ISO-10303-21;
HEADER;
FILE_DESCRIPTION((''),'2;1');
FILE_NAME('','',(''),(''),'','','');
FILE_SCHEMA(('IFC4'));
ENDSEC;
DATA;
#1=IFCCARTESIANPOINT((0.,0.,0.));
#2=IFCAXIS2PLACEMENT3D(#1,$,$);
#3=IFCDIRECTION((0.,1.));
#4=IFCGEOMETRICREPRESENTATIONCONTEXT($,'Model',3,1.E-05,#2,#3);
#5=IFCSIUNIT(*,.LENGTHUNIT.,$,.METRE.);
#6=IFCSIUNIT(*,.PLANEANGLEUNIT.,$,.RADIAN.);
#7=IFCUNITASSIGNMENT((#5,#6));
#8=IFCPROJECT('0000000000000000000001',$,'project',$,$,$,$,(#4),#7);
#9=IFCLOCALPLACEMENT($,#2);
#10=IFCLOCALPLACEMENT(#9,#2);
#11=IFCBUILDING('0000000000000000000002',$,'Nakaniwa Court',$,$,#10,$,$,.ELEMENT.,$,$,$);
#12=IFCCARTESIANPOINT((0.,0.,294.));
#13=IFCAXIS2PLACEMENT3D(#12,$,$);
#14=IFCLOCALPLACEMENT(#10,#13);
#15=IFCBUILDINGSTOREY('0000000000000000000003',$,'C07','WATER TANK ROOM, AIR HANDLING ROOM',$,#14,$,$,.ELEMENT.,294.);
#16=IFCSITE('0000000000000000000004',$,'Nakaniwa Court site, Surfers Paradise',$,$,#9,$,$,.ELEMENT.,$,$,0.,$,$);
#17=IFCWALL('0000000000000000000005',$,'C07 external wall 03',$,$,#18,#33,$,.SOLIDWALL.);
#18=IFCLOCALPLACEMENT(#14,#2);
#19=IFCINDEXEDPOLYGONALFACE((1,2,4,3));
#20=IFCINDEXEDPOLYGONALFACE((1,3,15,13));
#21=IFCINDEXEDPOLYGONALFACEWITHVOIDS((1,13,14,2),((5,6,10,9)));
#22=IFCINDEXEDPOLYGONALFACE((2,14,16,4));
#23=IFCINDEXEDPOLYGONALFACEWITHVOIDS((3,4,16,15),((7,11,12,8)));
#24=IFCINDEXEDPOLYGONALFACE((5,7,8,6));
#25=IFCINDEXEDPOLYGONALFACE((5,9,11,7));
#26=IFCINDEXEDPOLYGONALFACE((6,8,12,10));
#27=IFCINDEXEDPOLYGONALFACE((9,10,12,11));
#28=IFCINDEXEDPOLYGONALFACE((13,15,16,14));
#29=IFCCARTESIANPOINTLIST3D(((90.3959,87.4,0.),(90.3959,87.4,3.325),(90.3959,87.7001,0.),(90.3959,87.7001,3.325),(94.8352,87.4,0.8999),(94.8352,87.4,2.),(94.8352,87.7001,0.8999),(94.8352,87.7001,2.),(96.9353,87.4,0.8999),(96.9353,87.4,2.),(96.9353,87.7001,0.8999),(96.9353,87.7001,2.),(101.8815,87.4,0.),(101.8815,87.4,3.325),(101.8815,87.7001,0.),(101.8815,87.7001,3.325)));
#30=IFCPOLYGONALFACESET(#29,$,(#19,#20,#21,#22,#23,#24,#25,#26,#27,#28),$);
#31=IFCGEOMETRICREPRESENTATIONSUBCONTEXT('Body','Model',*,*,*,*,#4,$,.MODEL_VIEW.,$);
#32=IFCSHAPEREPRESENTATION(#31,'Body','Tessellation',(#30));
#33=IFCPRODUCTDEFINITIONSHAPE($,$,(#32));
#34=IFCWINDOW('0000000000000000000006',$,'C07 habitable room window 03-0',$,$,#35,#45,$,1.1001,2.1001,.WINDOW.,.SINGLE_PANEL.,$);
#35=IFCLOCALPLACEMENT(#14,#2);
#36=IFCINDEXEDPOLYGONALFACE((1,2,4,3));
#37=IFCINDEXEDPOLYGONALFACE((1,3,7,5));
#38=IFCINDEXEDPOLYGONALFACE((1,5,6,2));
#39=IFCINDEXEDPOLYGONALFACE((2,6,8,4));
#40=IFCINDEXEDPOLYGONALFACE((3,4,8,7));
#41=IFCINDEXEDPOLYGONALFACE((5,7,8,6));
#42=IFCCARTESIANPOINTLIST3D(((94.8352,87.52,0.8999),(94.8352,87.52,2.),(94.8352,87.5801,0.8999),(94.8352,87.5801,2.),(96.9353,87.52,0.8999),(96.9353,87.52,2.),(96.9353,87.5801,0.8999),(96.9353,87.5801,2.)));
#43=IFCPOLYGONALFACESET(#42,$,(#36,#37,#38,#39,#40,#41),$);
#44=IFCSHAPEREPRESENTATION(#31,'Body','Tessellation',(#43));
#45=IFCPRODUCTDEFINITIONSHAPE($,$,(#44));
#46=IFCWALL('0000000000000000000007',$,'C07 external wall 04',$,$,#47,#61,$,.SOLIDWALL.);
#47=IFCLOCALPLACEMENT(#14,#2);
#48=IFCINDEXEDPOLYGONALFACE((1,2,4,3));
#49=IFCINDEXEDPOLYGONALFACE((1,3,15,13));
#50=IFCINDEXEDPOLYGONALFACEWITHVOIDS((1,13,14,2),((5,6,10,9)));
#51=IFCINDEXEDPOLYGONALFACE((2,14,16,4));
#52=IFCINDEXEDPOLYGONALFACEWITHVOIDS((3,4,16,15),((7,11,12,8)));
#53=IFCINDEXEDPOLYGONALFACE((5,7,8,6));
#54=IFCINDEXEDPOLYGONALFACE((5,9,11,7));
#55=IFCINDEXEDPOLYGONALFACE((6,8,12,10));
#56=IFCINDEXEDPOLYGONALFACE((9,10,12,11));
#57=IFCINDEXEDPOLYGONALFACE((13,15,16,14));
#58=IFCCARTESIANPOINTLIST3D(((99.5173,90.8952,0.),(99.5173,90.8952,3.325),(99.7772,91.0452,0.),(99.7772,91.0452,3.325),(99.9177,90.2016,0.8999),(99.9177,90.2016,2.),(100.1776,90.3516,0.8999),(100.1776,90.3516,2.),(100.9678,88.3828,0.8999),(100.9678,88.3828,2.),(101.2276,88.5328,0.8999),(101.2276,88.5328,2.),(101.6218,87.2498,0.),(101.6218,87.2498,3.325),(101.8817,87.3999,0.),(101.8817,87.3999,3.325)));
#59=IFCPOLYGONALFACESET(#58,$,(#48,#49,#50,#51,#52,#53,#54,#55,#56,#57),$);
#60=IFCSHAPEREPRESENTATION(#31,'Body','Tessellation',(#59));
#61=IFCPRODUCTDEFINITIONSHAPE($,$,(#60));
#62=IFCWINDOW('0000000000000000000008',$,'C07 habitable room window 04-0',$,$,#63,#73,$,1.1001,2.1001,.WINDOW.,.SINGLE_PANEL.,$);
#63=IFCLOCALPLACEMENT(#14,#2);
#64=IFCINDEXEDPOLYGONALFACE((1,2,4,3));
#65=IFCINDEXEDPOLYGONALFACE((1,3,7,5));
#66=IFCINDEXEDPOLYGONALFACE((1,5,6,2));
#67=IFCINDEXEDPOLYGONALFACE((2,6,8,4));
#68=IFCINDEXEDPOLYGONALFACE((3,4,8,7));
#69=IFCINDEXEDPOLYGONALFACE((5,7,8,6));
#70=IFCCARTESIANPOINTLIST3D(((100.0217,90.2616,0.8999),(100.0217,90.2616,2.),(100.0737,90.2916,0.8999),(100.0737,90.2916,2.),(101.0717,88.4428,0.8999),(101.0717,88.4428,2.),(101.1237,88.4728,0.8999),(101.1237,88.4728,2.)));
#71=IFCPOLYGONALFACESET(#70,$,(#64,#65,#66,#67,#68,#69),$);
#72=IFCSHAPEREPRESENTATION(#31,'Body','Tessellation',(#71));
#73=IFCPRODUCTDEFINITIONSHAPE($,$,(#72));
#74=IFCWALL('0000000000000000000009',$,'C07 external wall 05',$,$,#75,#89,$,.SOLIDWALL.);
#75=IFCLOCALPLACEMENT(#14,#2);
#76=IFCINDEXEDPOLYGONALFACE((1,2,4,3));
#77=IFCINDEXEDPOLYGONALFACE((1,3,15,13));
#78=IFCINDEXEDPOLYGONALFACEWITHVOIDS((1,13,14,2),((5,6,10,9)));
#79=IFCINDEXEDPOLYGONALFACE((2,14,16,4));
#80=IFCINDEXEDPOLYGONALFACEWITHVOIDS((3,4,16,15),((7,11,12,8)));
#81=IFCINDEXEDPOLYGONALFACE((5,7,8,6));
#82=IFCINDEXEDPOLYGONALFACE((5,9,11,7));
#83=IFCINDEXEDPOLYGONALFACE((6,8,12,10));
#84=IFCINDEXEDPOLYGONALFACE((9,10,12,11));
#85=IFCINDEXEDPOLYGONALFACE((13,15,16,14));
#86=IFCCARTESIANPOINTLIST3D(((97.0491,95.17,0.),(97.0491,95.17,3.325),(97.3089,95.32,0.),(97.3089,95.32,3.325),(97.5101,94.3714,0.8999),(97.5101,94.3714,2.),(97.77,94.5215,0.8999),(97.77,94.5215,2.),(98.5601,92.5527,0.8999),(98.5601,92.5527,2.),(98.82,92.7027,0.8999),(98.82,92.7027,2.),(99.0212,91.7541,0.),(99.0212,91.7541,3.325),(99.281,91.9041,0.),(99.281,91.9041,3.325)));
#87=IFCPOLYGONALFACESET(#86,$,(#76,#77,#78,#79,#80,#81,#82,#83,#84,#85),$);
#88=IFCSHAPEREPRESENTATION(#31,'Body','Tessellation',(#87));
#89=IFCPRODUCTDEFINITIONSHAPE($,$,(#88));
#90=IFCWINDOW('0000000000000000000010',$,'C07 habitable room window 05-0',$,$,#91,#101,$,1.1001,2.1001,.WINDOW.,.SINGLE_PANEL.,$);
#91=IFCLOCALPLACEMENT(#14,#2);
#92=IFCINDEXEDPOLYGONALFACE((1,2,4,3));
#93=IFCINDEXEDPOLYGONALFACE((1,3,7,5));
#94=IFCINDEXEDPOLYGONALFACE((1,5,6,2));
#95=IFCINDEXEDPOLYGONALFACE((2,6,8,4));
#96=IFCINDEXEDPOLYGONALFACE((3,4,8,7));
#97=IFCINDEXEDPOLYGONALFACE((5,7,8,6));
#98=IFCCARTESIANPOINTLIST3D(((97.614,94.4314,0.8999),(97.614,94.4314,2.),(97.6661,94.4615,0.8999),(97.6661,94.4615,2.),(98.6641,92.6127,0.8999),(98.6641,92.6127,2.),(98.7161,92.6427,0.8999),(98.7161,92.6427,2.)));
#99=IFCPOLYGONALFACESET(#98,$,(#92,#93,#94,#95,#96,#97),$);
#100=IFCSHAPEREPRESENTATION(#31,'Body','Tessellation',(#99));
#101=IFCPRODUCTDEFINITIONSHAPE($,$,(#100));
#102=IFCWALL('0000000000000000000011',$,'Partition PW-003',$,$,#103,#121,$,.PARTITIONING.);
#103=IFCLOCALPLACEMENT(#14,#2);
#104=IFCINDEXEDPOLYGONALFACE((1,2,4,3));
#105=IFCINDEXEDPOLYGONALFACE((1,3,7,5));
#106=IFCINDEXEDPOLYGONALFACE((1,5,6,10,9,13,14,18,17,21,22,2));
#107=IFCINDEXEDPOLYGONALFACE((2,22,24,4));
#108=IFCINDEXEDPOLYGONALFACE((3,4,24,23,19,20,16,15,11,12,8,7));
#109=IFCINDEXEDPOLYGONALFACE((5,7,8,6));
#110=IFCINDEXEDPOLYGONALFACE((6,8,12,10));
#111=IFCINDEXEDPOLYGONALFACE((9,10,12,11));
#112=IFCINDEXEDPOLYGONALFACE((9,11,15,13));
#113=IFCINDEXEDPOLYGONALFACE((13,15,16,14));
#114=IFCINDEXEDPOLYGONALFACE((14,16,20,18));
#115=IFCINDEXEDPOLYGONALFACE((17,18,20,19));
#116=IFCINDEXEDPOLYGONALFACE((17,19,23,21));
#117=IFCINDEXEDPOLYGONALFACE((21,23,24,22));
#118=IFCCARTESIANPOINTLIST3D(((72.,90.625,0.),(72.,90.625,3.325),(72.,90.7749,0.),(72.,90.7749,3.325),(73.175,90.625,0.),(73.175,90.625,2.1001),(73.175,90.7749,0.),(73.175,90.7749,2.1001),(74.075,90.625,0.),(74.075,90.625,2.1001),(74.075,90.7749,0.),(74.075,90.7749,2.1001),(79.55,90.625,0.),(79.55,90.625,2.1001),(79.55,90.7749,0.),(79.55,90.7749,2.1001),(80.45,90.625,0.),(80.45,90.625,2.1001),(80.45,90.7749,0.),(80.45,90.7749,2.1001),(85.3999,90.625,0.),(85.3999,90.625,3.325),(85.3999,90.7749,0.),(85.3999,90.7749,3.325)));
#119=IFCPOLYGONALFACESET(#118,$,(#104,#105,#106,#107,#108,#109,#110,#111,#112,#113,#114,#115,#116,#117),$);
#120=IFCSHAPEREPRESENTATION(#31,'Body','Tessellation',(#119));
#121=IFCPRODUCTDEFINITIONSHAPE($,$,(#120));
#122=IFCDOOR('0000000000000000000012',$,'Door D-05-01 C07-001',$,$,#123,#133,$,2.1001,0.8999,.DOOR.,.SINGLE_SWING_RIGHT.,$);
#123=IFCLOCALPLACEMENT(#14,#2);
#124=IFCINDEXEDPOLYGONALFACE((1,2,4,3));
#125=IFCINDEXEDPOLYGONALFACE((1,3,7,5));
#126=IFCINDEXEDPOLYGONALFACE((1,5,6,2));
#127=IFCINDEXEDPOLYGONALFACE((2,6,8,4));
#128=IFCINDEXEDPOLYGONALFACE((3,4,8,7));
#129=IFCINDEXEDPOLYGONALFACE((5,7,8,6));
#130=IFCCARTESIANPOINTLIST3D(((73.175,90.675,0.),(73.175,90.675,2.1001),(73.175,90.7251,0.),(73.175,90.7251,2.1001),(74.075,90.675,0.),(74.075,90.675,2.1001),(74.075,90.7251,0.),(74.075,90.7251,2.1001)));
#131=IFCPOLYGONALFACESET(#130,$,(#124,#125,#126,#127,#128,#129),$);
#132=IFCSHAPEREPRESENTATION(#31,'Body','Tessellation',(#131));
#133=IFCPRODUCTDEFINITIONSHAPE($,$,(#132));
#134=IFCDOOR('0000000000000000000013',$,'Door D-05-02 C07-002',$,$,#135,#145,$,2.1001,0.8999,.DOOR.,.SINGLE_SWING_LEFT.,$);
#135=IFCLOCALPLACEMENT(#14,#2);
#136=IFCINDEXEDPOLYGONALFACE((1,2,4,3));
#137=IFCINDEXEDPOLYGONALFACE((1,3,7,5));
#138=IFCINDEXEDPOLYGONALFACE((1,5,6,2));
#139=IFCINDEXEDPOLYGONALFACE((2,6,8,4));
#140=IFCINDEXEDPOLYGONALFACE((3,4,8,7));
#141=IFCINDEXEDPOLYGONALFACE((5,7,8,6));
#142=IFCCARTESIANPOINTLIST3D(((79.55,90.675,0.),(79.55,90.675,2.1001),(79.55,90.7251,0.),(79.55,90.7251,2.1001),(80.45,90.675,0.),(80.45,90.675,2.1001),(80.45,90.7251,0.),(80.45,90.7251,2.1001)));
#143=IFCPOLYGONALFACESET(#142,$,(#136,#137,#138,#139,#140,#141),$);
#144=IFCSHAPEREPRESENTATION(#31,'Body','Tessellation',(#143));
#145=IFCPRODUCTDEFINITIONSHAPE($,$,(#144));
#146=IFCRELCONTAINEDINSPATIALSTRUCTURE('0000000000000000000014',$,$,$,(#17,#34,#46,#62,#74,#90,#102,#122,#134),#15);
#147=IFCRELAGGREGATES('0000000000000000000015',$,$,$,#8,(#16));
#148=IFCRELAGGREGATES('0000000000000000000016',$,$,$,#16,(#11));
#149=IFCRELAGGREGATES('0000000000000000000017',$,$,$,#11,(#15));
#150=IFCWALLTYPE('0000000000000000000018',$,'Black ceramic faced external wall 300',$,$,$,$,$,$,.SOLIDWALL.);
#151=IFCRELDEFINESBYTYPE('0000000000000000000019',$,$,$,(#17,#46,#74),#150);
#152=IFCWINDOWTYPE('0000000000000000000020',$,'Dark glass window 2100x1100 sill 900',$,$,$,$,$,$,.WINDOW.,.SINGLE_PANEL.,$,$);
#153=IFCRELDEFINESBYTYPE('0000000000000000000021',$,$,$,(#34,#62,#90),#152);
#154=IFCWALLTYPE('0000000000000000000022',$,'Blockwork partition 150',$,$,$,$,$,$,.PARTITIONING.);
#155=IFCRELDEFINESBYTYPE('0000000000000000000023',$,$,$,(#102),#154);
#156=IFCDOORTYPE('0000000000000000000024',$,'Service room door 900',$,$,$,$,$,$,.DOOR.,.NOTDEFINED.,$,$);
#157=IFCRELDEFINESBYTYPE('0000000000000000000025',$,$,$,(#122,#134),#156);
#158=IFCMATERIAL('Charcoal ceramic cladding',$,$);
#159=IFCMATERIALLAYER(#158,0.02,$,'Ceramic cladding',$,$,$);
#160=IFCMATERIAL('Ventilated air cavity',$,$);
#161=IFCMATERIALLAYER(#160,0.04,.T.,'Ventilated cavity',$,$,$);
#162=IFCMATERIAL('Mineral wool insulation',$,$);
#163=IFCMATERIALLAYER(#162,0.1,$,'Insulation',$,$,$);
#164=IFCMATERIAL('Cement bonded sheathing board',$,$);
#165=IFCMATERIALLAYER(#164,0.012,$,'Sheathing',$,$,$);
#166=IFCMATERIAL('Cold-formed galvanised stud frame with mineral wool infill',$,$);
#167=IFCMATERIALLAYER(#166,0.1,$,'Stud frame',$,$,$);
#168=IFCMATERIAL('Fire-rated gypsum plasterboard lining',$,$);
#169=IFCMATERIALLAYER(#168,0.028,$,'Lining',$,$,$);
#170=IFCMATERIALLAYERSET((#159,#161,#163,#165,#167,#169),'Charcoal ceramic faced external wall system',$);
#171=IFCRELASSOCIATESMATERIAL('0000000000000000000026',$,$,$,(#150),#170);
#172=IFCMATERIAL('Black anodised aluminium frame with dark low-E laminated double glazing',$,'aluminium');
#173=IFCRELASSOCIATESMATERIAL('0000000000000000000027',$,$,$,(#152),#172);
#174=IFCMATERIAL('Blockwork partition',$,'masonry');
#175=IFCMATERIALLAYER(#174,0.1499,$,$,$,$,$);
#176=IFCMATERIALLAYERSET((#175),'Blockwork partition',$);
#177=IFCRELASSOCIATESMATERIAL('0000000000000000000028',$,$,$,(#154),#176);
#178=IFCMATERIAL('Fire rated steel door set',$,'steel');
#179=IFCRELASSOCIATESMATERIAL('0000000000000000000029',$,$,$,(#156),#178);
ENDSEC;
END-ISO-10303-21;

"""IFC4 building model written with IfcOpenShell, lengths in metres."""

from ifc_helpers import new_model, si_unit, direction, frame, frame_2d, origin, place, context, subcontext, project, spatial, rectangle, extrude, material, layer, layer_set, type_object, element, fill, save


model = new_model("IFC4")

# Units and contexts
model_context = context("Model", 3, precision=1e-05, world=origin(), true_north=direction((0.0, 1.0)))
body_context = subcontext(model_context, "Body", "Model", "MODEL_VIEW")
ifc_project = project(units=[si_unit("LENGTHUNIT", "METRE"), si_unit("PLANEANGLEUNIT", "RADIAN")], contexts=[model_context])

# Site, building, storey
site_placement = place(None, origin())
site = spatial("IfcSite", under=ifc_project, at=site_placement, Name="Nakaniwa Court site, Surfers Paradise", CompositionType="ELEMENT", RefElevation=0.0)
building_placement = place(site_placement, origin())
building = spatial("IfcBuilding", under=site, at=building_placement, Name="Nakaniwa Court", CompositionType="ELEMENT")
storey_placement = place(building_placement, frame((0.0, 0.0, 294.0)))
storey = spatial("IfcBuildingStorey", under=building, at=storey_placement, Name="C07", Description="WATER TANK ROOM, AIR HANDLING ROOM", CompositionType="ELEMENT", Elevation=294.0)

# Walls, openings, windows
ifc_material_1 = material(Name="Charcoal ceramic cladding")
ifc_layer_1 = layer(ifc_material_1, 0.02, Name="Ceramic cladding")
ifc_material_2 = material(Name="Ventilated air cavity")
ifc_layer_2 = layer(ifc_material_2, 0.04, ventilated=True, Name="Ventilated cavity")
ifc_material_3 = material(Name="Mineral wool insulation")
ifc_layer_3 = layer(ifc_material_3, 0.1, Name="Insulation")
ifc_material_4 = material(Name="Cement bonded sheathing board")
ifc_layer_4 = layer(ifc_material_4, 0.012, Name="Sheathing")
ifc_material_5 = material(Name="Cold-formed galvanised stud frame with mineral wool infill")
ifc_layer_5 = layer(ifc_material_5, 0.1, Name="Stud frame")
ifc_material_6 = material(Name="Fire-rated gypsum plasterboard lining")
ifc_layer_6 = layer(ifc_material_6, 0.028, Name="Lining")
ifc_layer_set_1 = layer_set([ifc_layer_1, ifc_layer_2, ifc_layer_3, ifc_layer_4, ifc_layer_5, ifc_layer_6], Name="Charcoal ceramic faced external wall system")
wall_type_1 = type_object("IfcWallType", Name="Black ceramic faced external wall 300", PredefinedType="SOLIDWALL", material=ifc_layer_set_1)
wall_1_placement = place(storey_placement, frame((90.396, 87.55, 0.0), z_axis=(0.0, 0.0, 1.0), x_axis=(1.0, 0.0, 0.0)))
wall_1 = element("IfcWall", 1, at=wall_1_placement, inside=storey, type_object=wall_type_1, Name="C07 external wall 03", PredefinedType="SOLIDWALL", context=body_context, shape_type="SweptSolid", body=[
    extrude(rectangle(XDim=11.4856, YDim=0.3, at=frame_2d((5.7427, 0.0))), origin(), (0.0, 0.0, 1.0), 3.325),
])
opening_1_placement = place(wall_1_placement, frame((4.4392, 0.0, 0.8999)))
opening_1 = element("IfcOpeningElement", 2, at=opening_1_placement, cuts=wall_1, PredefinedType="OPENING", context=body_context, shape_type="SweptSolid", body=[
    extrude(rectangle(XDim=2.1001, YDim=1.1001, at=frame_2d((1.05, 0.55))), frame((0.0, 0.1599, 0.0), z_axis=(0.0, -1.0, 0.0), x_axis=(1.0, 0.0, 0.0)), (0.0, 0.0, 1.0), 0.3201),
])
ifc_material_7 = material(Name="Black anodised aluminium frame with dark low-E laminated double glazing", Category="aluminium")
window_type = type_object("IfcWindowType", Name="Dark glass window 2100x1100 sill 900", PartitioningType="SINGLE_PANEL", PredefinedType="WINDOW", material=ifc_material_7)
window_1_placement = place(opening_1_placement, origin())
window_1 = element("IfcWindow", 3, at=window_1_placement, inside=storey, type_object=window_type, Name="C07 habitable room window 03-0", OverallHeight=1.1001, OverallWidth=2.1001, PartitioningType="SINGLE_PANEL", PredefinedType="WINDOW", context=body_context, shape_type="SweptSolid", body=[
    extrude(rectangle(XDim=2.1001, YDim=1.1001, at=frame_2d((1.05, 0.55))), frame((0.0, 0.03, 0.0), z_axis=(0.0, -1.0, 0.0), x_axis=(1.0, 0.0, 0.0)), (0.0, 0.0, 1.0), 0.0601),
])
fill(opening_1, window_1)
wall_2_placement = place(storey_placement, frame((101.7517, 87.325, 0.0), z_axis=(0.0, 0.0, 1.0), x_axis=(-0.499982, 0.866036, 0.0)))
wall_2 = element("IfcWall", 4, at=wall_2_placement, inside=storey, type_object=wall_type_1, Name="C07 external wall 04", PredefinedType="SOLIDWALL", context=body_context, shape_type="SweptSolid", body=[
    extrude(rectangle(XDim=4.2092, YDim=0.3, at=frame_2d((2.1045, 0.0))), origin(), (0.0, 0.0, 1.0), 3.325),
])
opening_2_placement = place(wall_2_placement, frame((1.3081, 0.0, 0.8999)))
opening_2 = element("IfcOpeningElement", 5, at=opening_2_placement, cuts=wall_2, PredefinedType="OPENING", context=body_context, shape_type="SweptSolid", body=[
    extrude(rectangle(XDim=2.1001, YDim=1.1001, at=frame_2d((1.05, 0.55))), frame((0.0, 0.1599, 0.0), z_axis=(0.0, -1.0, 0.0), x_axis=(1.0, 0.0, 0.0)), (0.0, 0.0, 1.0), 0.3201),
])
window_2_placement = place(opening_2_placement, origin())
window_2 = element("IfcWindow", 6, at=window_2_placement, inside=storey, type_object=window_type, Name="C07 habitable room window 04-0", OverallHeight=1.1001, OverallWidth=2.1001, PartitioningType="SINGLE_PANEL", PredefinedType="WINDOW", context=body_context, shape_type="SweptSolid", body=[
    extrude(rectangle(XDim=2.1001, YDim=1.1001, at=frame_2d((1.05, 0.55))), frame((0.0, 0.03, 0.0), z_axis=(0.0, -1.0, 0.0), x_axis=(1.0, 0.0, 0.0)), (0.0, 0.0, 1.0), 0.0601),
])
fill(opening_2, window_2)
wall_3_placement = place(storey_placement, frame((99.1511, 91.8291, 0.0), z_axis=(0.0, 0.0, 1.0), x_axis=(-0.499987, 0.866033, 0.0)))
wall_3 = element("IfcWall", 7, at=wall_3_placement, inside=storey, type_object=wall_type_1, Name="C07 external wall 05", PredefinedType="SOLIDWALL", context=body_context, shape_type="SweptSolid", body=[
    extrude(rectangle(XDim=3.9443, YDim=0.3, at=frame_2d((1.9722, 0.0))), origin(), (0.0, 0.0, 1.0), 3.325),
])
opening_3_placement = place(wall_3_placement, frame((0.9221, 0.0, 0.8999)))
opening_3 = element("IfcOpeningElement", 8, at=opening_3_placement, cuts=wall_3, PredefinedType="OPENING", context=body_context, shape_type="SweptSolid", body=[
    extrude(rectangle(XDim=2.1001, YDim=1.1001, at=frame_2d((1.05, 0.55))), frame((0.0, 0.1599, 0.0), z_axis=(0.0, -1.0, 0.0), x_axis=(1.0, 0.0, 0.0)), (0.0, 0.0, 1.0), 0.3201),
])
window_3_placement = place(opening_3_placement, origin())
window_3 = element("IfcWindow", 9, at=window_3_placement, inside=storey, type_object=window_type, Name="C07 habitable room window 05-0", OverallHeight=1.1001, OverallWidth=2.1001, PartitioningType="SINGLE_PANEL", PredefinedType="WINDOW", context=body_context, shape_type="SweptSolid", body=[
    extrude(rectangle(XDim=2.1001, YDim=1.1001, at=frame_2d((1.05, 0.55))), frame((0.0, 0.03, 0.0), z_axis=(0.0, -1.0, 0.0), x_axis=(1.0, 0.0, 0.0)), (0.0, 0.0, 1.0), 0.0601),
])
fill(opening_3, window_3)

# Wall, openings, doors
ifc_material_8 = material(Name="Blockwork partition", Category="masonry")
ifc_layer_7 = layer(ifc_material_8, 0.1499)
ifc_layer_set_2 = layer_set([ifc_layer_7], Name="Blockwork partition")
wall_type_2 = type_object("IfcWallType", Name="Blockwork partition 150", PredefinedType="PARTITIONING", material=ifc_layer_set_2)
wall_4_placement = place(storey_placement, frame((85.3999, 90.7, 0.0), z_axis=(0.0, 0.0, 1.0), x_axis=(-1.0, 0.0, 0.0)))
wall_4 = element("IfcWall", 10, at=wall_4_placement, inside=storey, type_object=wall_type_2, Name="Partition PW-003", PredefinedType="PARTITIONING", context=body_context, shape_type="SweptSolid", body=[
    extrude(rectangle(XDim=13.3999, YDim=0.1499, at=frame_2d((6.7, 0.0))), origin(), (0.0, 0.0, 1.0), 3.325),
])
opening_4_placement = place(wall_4_placement, frame((11.325, 0.0, 0.0)))
opening_4 = element("IfcOpeningElement", 11, at=opening_4_placement, cuts=wall_4, PredefinedType="OPENING", context=body_context, shape_type="SweptSolid", body=[
    extrude(rectangle(XDim=0.8999, YDim=2.1001, at=frame_2d((0.45, 1.05))), frame((0.0, 0.085, 0.0), z_axis=(0.0, -1.0, 0.0), x_axis=(1.0, 0.0, 0.0)), (0.0, 0.0, 1.0), 0.1699),
])
opening_5_placement = place(wall_4_placement, frame((4.95, 0.0, 0.0)))
opening_5 = element("IfcOpeningElement", 12, at=opening_5_placement, cuts=wall_4, PredefinedType="OPENING", context=body_context, shape_type="SweptSolid", body=[
    extrude(rectangle(XDim=0.8999, YDim=2.1001, at=frame_2d((0.45, 1.05))), frame((0.0, 0.085, 0.0), z_axis=(0.0, -1.0, 0.0), x_axis=(1.0, 0.0, 0.0)), (0.0, 0.0, 1.0), 0.1699),
])
ifc_material_9 = material(Name="Fire rated steel door set", Category="steel")
door_type_1 = type_object("IfcDoorType", Name="Service room door 900", OperationType="NOTDEFINED", PredefinedType="DOOR", material=ifc_material_9)
door_1_placement = place(opening_4_placement, origin())
door_1 = element("IfcDoor", 13, at=door_1_placement, inside=storey, type_object=door_type_1, Name="Door D-05-01 C07-001", OperationType="SINGLE_SWING_RIGHT", OverallHeight=2.1001, OverallWidth=0.8999, PredefinedType="DOOR", context=body_context, shape_type="SweptSolid", body=[
    extrude(rectangle(XDim=0.8999, YDim=2.1001, at=frame_2d((0.45, 1.05))), frame((0.0, 0.0249, 0.0), z_axis=(0.0, -1.0, 0.0), x_axis=(1.0, 0.0, 0.0)), (0.0, 0.0, 1.0), 0.05),
])
fill(opening_4, door_1)
door_2_placement = place(opening_5_placement, origin())
door_2 = element("IfcDoor", 14, at=door_2_placement, inside=storey, type_object=door_type_1, Name="Door D-05-02 C07-002", OperationType="SINGLE_SWING_LEFT", OverallHeight=2.1001, OverallWidth=0.8999, PredefinedType="DOOR", context=body_context, shape_type="SweptSolid", body=[
    extrude(rectangle(XDim=0.8999, YDim=2.1001, at=frame_2d((0.45, 1.05))), frame((0.0, 0.0249, 0.0), z_axis=(0.0, -1.0, 0.0), x_axis=(1.0, 0.0, 0.0)), (0.0, 0.0, 1.0), 0.05),
])
fill(opening_5, door_2)

save(model, "model.ifc")
